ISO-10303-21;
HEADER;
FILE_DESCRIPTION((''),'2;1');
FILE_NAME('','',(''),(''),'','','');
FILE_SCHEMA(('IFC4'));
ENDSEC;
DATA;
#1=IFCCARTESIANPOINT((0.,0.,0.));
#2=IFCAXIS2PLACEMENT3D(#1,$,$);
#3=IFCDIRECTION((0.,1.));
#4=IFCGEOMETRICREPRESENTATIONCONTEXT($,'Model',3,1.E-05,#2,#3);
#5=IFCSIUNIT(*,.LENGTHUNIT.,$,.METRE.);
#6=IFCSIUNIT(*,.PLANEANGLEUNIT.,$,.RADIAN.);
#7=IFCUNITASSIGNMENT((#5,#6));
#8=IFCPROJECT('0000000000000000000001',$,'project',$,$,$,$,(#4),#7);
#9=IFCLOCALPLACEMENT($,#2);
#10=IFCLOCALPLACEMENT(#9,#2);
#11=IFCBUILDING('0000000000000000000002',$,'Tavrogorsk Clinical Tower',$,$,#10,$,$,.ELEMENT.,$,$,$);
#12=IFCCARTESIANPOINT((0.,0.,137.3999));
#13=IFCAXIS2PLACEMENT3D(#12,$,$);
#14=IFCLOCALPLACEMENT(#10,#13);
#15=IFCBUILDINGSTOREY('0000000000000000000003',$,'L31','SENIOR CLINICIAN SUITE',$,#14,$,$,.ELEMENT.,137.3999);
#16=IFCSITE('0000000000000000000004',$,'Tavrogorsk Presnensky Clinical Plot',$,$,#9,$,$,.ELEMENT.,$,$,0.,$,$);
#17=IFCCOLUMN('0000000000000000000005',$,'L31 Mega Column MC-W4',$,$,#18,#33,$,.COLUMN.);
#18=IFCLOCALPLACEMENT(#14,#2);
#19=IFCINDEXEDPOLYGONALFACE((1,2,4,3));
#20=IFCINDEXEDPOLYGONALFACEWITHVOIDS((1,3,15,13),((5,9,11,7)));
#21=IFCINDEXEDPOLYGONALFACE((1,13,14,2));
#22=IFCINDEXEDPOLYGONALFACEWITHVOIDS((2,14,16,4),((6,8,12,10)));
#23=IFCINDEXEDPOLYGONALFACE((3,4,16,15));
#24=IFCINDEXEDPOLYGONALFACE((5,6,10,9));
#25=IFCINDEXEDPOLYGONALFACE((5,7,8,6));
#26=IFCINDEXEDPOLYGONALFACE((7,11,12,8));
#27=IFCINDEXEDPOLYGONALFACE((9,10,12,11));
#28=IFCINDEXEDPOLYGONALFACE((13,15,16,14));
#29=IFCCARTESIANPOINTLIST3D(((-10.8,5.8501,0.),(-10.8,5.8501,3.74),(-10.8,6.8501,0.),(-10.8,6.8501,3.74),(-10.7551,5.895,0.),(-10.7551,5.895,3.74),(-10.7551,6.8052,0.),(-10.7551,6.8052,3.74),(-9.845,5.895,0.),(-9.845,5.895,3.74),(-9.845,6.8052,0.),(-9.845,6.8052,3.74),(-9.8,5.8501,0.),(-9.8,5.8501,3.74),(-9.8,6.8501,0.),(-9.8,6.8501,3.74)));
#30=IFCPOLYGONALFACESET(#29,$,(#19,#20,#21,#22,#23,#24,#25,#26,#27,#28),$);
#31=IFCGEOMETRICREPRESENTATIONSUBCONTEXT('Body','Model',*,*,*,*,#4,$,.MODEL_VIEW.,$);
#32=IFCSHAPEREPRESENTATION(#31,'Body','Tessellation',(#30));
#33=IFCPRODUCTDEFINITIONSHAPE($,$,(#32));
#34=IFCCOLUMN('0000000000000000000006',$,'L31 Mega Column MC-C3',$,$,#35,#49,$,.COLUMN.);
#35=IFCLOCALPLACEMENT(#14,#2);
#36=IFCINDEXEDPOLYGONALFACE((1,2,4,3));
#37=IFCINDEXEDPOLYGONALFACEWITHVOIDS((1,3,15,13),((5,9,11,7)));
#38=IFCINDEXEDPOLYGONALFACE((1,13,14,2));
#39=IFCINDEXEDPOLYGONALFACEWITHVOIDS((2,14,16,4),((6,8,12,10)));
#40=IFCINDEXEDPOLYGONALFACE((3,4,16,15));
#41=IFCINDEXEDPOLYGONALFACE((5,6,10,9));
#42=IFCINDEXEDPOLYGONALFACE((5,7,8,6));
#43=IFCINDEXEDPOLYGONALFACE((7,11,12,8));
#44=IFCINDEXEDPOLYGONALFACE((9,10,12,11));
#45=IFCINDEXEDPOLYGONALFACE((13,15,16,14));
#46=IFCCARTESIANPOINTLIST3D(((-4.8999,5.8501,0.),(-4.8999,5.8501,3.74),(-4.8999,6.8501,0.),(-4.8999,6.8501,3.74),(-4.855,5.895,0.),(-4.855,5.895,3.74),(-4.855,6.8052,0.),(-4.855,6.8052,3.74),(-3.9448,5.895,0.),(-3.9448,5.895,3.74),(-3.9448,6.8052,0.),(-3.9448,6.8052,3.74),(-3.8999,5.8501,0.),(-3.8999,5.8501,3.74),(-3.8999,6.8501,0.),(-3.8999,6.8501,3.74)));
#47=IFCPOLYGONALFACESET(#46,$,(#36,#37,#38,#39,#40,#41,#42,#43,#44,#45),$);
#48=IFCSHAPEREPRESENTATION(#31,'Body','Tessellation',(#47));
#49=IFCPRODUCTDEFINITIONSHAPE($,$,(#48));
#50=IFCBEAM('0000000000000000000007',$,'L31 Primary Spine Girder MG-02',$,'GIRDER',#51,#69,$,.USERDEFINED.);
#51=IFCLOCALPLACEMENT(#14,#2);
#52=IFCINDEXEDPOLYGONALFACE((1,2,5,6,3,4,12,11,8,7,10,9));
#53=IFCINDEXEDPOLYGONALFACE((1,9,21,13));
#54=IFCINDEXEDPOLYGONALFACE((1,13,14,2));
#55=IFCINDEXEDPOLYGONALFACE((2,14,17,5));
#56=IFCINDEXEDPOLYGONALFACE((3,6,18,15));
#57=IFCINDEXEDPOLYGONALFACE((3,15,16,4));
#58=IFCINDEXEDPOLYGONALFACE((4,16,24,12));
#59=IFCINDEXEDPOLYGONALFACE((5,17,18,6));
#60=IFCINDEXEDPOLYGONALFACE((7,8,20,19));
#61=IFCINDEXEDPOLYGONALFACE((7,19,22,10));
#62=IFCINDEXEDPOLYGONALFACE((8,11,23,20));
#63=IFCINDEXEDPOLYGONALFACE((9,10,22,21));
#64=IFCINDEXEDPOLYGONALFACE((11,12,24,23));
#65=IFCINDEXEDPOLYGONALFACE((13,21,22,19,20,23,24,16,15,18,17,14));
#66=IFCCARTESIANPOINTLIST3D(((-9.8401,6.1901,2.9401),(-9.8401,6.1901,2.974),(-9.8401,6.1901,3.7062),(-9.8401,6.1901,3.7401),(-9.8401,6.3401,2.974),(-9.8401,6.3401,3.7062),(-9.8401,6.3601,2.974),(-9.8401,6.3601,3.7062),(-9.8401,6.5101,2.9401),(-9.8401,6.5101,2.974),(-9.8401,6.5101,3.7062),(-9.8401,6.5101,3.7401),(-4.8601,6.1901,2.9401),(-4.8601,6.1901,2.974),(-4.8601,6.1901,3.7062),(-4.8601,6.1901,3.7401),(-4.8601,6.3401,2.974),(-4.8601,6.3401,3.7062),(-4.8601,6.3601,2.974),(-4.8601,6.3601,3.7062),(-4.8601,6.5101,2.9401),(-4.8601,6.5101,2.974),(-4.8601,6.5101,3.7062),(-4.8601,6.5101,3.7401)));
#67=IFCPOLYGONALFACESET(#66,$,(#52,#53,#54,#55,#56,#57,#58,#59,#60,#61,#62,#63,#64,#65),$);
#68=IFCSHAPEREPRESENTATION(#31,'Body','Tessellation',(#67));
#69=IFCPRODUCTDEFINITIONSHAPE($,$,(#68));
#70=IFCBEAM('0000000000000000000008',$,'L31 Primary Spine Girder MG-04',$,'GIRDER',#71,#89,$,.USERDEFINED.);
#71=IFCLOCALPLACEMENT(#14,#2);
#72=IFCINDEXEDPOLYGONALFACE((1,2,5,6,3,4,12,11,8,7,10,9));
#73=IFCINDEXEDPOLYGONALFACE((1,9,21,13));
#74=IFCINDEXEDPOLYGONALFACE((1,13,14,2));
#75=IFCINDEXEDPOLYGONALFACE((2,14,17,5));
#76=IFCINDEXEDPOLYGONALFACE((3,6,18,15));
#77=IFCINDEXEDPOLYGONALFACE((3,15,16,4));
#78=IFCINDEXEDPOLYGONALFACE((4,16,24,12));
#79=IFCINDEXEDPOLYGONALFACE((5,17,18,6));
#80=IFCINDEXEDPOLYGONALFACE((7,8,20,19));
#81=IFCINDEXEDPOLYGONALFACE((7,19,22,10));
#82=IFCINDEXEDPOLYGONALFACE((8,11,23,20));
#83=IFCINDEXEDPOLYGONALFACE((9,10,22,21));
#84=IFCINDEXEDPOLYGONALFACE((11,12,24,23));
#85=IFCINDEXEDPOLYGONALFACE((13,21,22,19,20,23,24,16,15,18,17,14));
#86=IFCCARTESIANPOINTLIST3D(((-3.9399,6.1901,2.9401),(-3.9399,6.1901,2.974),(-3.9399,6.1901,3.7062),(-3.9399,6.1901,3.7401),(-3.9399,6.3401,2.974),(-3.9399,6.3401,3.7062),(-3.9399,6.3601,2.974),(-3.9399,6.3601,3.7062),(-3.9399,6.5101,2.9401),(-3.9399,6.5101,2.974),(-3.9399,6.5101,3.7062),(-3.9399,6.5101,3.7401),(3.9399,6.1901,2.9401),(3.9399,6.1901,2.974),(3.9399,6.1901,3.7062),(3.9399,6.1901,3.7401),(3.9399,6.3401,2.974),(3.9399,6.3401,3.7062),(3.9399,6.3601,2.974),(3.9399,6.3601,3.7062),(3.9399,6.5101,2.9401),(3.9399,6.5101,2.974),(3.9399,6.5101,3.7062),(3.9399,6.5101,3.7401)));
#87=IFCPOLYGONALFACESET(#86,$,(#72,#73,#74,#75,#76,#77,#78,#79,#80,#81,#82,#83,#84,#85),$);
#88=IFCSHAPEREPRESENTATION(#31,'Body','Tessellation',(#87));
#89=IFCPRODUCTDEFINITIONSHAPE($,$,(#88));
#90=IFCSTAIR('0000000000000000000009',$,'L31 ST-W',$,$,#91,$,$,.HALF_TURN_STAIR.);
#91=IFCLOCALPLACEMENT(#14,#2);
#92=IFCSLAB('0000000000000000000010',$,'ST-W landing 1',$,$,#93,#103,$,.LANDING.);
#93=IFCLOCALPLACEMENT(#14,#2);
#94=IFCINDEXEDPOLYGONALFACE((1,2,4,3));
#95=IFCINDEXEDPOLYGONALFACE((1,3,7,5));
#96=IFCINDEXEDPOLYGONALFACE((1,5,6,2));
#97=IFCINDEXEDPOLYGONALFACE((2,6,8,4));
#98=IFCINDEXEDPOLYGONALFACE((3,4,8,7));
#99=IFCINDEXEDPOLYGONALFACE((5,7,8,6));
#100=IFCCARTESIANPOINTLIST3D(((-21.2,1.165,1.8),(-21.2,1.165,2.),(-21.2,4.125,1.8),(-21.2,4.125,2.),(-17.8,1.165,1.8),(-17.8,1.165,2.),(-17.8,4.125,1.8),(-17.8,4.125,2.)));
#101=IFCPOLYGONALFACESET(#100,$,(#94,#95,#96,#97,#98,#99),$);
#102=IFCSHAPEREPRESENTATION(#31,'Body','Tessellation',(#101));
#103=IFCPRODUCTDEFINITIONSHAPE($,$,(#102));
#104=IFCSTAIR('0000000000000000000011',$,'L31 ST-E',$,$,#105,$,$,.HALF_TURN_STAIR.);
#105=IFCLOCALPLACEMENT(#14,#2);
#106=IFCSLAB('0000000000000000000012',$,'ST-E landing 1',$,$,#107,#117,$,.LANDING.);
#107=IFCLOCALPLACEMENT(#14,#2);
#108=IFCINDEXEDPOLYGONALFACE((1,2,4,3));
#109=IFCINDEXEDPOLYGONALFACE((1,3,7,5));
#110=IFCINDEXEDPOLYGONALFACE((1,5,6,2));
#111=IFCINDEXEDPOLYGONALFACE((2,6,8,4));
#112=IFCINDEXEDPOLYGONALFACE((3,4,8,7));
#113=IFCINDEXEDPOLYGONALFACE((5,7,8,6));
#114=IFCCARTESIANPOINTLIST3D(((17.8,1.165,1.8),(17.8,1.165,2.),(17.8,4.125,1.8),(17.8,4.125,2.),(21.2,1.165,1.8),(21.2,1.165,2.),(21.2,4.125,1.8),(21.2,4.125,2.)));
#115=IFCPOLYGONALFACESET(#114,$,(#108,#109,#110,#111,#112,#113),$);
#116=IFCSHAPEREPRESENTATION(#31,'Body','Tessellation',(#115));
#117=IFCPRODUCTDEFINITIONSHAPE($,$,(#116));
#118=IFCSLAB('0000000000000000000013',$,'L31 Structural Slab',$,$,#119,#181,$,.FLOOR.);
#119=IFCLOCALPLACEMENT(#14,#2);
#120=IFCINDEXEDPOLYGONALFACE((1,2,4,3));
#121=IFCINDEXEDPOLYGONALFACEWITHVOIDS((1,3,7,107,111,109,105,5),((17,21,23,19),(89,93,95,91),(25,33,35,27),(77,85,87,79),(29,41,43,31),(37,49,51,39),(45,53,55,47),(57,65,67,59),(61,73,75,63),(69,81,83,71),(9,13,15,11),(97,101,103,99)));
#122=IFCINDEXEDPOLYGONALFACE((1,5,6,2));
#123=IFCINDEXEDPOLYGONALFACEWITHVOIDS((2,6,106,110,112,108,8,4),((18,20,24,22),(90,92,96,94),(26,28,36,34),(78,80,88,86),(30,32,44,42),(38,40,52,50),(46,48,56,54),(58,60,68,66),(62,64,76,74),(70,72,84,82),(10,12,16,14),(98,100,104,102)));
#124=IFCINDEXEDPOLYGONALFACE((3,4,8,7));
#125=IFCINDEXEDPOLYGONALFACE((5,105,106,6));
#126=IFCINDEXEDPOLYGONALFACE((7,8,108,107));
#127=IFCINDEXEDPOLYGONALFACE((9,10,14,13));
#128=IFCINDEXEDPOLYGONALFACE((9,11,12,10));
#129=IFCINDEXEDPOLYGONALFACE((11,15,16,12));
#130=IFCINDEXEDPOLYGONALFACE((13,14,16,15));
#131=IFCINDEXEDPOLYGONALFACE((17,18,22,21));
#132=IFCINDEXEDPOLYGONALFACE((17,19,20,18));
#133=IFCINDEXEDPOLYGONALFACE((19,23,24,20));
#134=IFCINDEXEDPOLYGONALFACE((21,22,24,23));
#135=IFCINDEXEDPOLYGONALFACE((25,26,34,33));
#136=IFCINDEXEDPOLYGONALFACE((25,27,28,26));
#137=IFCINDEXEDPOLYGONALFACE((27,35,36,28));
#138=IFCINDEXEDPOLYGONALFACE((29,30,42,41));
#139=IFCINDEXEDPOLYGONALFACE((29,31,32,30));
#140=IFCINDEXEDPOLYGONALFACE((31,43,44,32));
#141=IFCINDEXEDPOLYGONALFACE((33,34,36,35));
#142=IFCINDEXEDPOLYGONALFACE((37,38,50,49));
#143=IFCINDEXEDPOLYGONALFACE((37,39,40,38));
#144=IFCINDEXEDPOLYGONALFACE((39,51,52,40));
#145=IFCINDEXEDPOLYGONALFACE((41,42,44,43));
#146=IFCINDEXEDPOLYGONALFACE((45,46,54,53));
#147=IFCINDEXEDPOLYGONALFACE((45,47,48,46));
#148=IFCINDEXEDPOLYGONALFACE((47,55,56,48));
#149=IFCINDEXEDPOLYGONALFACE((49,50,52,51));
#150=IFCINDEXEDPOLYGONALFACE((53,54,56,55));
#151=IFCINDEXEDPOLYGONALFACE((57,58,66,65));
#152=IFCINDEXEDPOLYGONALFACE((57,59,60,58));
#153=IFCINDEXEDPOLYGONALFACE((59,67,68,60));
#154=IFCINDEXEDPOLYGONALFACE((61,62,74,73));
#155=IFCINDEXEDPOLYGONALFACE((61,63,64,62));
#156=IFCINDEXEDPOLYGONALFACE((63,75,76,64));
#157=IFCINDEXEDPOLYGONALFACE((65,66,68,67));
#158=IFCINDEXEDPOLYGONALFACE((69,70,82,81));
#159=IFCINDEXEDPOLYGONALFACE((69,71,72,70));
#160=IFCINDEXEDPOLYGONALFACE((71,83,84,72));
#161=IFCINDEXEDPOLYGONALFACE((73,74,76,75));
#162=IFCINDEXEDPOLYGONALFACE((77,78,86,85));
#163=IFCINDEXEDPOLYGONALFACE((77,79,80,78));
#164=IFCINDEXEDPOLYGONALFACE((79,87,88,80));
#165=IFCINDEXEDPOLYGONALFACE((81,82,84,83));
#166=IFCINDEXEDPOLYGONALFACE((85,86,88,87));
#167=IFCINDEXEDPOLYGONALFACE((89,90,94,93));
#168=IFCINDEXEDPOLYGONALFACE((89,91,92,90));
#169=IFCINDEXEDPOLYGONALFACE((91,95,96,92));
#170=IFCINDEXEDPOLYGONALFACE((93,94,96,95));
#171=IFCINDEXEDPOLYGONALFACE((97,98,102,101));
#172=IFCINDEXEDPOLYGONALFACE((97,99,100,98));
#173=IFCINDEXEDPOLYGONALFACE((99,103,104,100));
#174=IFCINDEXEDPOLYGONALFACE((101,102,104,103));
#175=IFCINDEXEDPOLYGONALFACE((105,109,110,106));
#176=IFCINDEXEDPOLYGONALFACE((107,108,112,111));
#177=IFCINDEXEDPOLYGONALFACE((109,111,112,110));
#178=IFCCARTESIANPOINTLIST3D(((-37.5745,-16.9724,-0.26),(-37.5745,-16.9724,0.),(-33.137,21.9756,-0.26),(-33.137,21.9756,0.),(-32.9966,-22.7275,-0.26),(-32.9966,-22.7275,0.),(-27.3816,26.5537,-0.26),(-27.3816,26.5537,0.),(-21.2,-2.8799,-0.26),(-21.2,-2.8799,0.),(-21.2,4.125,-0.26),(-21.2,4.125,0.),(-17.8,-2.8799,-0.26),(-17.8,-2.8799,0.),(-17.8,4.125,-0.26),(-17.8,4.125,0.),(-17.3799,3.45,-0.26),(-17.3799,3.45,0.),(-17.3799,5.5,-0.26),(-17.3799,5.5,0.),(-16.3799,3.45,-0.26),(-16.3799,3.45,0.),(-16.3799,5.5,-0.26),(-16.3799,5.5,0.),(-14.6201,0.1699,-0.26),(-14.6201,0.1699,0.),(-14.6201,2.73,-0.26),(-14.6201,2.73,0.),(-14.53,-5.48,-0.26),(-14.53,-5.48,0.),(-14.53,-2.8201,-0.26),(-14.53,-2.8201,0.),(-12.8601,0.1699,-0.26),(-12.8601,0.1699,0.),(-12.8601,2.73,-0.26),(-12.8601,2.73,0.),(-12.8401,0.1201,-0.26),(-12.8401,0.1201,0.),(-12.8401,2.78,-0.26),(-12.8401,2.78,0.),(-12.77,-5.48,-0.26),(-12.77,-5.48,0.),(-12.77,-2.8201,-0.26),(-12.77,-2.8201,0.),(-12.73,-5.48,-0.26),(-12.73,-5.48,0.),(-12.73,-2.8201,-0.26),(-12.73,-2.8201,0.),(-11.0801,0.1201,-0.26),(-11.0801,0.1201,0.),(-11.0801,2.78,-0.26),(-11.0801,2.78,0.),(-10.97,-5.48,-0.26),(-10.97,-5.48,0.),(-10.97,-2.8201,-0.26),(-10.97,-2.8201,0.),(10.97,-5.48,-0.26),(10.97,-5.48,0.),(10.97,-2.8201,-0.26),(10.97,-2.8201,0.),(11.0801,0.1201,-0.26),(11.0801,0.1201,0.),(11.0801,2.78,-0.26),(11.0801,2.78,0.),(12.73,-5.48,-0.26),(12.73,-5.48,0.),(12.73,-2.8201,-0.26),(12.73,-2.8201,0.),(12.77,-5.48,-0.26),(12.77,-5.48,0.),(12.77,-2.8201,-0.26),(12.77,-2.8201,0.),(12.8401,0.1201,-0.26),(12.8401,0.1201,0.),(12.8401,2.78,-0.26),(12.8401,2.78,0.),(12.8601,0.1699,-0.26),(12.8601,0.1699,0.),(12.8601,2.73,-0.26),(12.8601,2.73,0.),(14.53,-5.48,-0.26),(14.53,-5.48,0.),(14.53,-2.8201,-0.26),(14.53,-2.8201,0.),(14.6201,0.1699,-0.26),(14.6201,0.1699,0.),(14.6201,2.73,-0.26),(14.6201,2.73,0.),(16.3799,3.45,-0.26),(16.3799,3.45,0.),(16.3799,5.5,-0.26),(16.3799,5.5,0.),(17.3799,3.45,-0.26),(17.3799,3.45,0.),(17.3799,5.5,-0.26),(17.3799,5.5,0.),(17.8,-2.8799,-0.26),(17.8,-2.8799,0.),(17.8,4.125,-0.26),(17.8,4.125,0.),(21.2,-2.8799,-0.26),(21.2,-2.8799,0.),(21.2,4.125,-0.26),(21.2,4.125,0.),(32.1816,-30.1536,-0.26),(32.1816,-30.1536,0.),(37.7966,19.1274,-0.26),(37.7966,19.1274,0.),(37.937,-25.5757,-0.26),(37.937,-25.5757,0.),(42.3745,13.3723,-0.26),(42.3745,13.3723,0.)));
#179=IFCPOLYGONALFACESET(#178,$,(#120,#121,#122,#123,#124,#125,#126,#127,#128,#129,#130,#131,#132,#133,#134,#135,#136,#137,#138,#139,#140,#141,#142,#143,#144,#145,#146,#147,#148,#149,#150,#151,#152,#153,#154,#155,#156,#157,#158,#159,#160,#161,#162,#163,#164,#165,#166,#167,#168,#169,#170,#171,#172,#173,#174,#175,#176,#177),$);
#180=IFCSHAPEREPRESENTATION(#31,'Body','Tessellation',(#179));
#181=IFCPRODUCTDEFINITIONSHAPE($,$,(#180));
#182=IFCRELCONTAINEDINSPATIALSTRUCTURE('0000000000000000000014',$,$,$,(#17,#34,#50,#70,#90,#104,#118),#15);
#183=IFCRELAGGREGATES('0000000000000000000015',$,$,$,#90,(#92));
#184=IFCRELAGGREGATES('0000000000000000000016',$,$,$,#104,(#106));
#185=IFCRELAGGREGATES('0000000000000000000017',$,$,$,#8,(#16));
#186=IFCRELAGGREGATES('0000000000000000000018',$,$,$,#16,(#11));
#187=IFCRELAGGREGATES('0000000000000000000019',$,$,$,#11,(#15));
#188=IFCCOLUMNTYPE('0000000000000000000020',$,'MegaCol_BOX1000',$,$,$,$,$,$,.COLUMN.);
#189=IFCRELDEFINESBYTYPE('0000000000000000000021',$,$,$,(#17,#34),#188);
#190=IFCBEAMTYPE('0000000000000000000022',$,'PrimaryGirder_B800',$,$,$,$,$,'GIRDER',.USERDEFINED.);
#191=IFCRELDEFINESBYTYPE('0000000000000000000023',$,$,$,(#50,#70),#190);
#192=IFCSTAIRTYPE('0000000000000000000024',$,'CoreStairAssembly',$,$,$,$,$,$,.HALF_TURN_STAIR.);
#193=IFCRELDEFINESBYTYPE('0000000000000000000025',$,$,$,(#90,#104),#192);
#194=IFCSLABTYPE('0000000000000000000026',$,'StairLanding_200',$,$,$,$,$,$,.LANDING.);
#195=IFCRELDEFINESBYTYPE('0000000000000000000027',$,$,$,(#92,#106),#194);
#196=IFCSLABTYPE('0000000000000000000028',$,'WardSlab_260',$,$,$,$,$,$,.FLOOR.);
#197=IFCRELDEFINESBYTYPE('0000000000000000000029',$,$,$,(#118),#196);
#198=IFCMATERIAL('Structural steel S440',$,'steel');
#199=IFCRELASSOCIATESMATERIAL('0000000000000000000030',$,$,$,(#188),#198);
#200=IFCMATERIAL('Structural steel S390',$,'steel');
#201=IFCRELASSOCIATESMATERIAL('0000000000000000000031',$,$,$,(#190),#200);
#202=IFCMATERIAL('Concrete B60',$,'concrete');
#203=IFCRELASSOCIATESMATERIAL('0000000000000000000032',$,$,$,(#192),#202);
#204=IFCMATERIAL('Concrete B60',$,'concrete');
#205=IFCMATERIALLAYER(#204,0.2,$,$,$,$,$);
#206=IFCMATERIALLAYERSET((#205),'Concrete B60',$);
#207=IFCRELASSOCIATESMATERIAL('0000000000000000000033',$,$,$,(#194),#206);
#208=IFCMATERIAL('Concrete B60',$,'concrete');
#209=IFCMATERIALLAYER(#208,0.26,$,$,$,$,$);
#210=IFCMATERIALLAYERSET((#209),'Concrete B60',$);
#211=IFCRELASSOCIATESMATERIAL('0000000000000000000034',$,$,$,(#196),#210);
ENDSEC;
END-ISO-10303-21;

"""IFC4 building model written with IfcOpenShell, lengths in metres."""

from ifc_helpers import new_model, si_unit, direction, frame, origin, origin_2d, place, context, subcontext, project, spatial, polyline, hollow_rectangle, i_section, outline, extrude, material, layer, layer_set, material_profile, profile_set, type_object, element, aggregate, save


model = new_model("IFC4")

# Units and contexts
model_context = context("Model", 3, precision=1e-05, world=origin(), true_north=direction((0.0, 1.0)))
body_context = subcontext(model_context, "Body", "Model", "MODEL_VIEW")
ifc_project = project(units=[si_unit("LENGTHUNIT", "METRE"), si_unit("PLANEANGLEUNIT", "RADIAN")], contexts=[model_context])

# Site, building, storey
site_placement = place(None, origin())
site = spatial("IfcSite", under=ifc_project, at=site_placement, Name="Tavrogorsk Presnensky Clinical Plot", CompositionType="ELEMENT", RefElevation=0.0)
building_placement = place(site_placement, origin())
building = spatial("IfcBuilding", under=site, at=building_placement, Name="Tavrogorsk Clinical Tower", CompositionType="ELEMENT")
storey_placement = place(building_placement, frame((0.0, 0.0, 137.3999)))
storey = spatial("IfcBuildingStorey", under=building, at=storey_placement, Name="L31", Description="SENIOR CLINICIAN SUITE", CompositionType="ELEMENT", Elevation=137.3999)

# Columns
ifc_material_1 = material(Name="Structural steel S440", Category="steel")
ifc_material_profile_1 = material_profile(ifc_material_1, hollow_rectangle(XDim=1.0, YDim=1.0, WallThickness=0.0449, at=origin_2d()), Name="BOX-1000x1000x45")
ifc_profile_set_1 = profile_set([ifc_material_profile_1], Name="Structural steel S440")
column_type = type_object("IfcColumnType", Name="MegaCol_BOX1000", PredefinedType="COLUMN", material=ifc_profile_set_1)
for number, where, z_axis, x_axis, name in (
    (1, (-10.3, 6.3501, 0.0), (0.0, 0.0, 1.0), (1.0, 0.0, 0.0), "L31 Mega Column MC-W4"),
    (2, (-4.3999, 6.3501, 0.0), (0.0, 0.0, 1.0), (1.0, 0.0, 0.0), "L31 Mega Column MC-C3"),
):
    element("IfcColumn", number, at=place(storey_placement, frame(where, z_axis=z_axis, x_axis=x_axis)), inside=storey, type_object=column_type, Name=name, PredefinedType="COLUMN", context=body_context, shape_type="SweptSolid", body=[
        extrude(hollow_rectangle(XDim=1.0, YDim=1.0, WallThickness=0.0449, at=origin_2d()), origin(), (0.0, 0.0, 1.0), 3.74),
    ])

# Beams
ifc_material_2 = material(Name="Structural steel S390", Category="steel")
ifc_material_profile_2 = material_profile(ifc_material_2, i_section(OverallWidth=0.3201, OverallDepth=0.8, WebThickness=0.02, FlangeThickness=0.0339, at=origin_2d()), Name="B-800x320x20x34")
ifc_profile_set_2 = profile_set([ifc_material_profile_2], Name="Structural steel S390")
beam_type = type_object("IfcBeamType", Name="PrimaryGirder_B800", ElementType="GIRDER", PredefinedType="USERDEFINED", material=ifc_profile_set_2)
beam_1_placement = place(storey_placement, frame((-9.8401, 6.3501, 3.3401), z_axis=(1.0, 0.0, 0.0), x_axis=(0.0, 1.0, 0.0)))
element("IfcBeam", 3, at=beam_1_placement, inside=storey, type_object=beam_type, Name="L31 Primary Spine Girder MG-02", ObjectType="GIRDER", PredefinedType="USERDEFINED", context=body_context, shape_type="SweptSolid", body=[
    extrude(i_section(OverallWidth=0.3201, OverallDepth=0.8, WebThickness=0.02, FlangeThickness=0.0339, at=origin_2d()), origin(), (0.0, 0.0, 1.0), 4.98),
])
beam_2_placement = place(storey_placement, frame((-3.9399, 6.3501, 3.3401), z_axis=(1.0, 0.0, 0.0), x_axis=(0.0, 1.0, 0.0)))
element("IfcBeam", 4, at=beam_2_placement, inside=storey, type_object=beam_type, Name="L31 Primary Spine Girder MG-04", ObjectType="GIRDER", PredefinedType="USERDEFINED", context=body_context, shape_type="SweptSolid", body=[
    extrude(i_section(OverallWidth=0.3201, OverallDepth=0.8, WebThickness=0.02, FlangeThickness=0.0339, at=origin_2d()), origin(), (0.0, 0.0, 1.0), 7.8799),
])

# Stairs, slabs
ifc_material_3 = material(Name="Concrete B60", Category="concrete")
stair_type = type_object("IfcStairType", Name="CoreStairAssembly", PredefinedType="HALF_TURN_STAIR", material=ifc_material_3)
stair_1_placement = place(storey_placement, origin())
stair_1 = element("IfcStair", 5, at=stair_1_placement, inside=storey, type_object=stair_type, Name="L31 ST-W", PredefinedType="HALF_TURN_STAIR")
ifc_material_4 = material(Name="Concrete B60", Category="concrete")
ifc_layer_1 = layer(ifc_material_4, 0.2)
ifc_layer_set_1 = layer_set([ifc_layer_1], Name="Concrete B60")
slab_type_1 = type_object("IfcSlabType", Name="StairLanding_200", PredefinedType="LANDING", material=ifc_layer_set_1)
slab_1_placement = place(storey_placement, frame((0.0, 0.0, 1.8)))
slab_1 = element("IfcSlab", 6, at=slab_1_placement, type_object=slab_type_1, Name="ST-W landing 1", PredefinedType="LANDING", context=body_context, shape_type="SweptSolid", body=[
    extrude(outline(polyline([(-17.8, 1.165), (-17.8, 4.125), (-21.2, 4.125), (-21.2, 1.165), (-17.8, 1.165)])), origin(), (0.0, 0.0, 1.0), 0.2),
])
aggregate(stair_1, [slab_1])
stair_2_placement = place(storey_placement, origin())
stair_2 = element("IfcStair", 7, at=stair_2_placement, inside=storey, type_object=stair_type, Name="L31 ST-E", PredefinedType="HALF_TURN_STAIR")
slab_2_placement = place(storey_placement, frame((0.0, 0.0, 1.8)))
slab_2 = element("IfcSlab", 8, at=slab_2_placement, type_object=slab_type_1, Name="ST-E landing 1", PredefinedType="LANDING", context=body_context, shape_type="SweptSolid", body=[
    extrude(outline(polyline([(21.2, 1.165), (21.2, 4.125), (17.8, 4.125), (17.8, 1.165), (21.2, 1.165)])), origin(), (0.0, 0.0, 1.0), 0.2),
])
aggregate(stair_2, [slab_2])

# Slab
ifc_material_5 = material(Name="Concrete B60", Category="concrete")
ifc_layer_2 = layer(ifc_material_5, 0.26)
ifc_layer_set_2 = layer_set([ifc_layer_2], Name="Concrete B60")
slab_type_2 = type_object("IfcSlabType", Name="WardSlab_260", PredefinedType="FLOOR", material=ifc_layer_set_2)
slab_3_placement = place(storey_placement, frame((0.0, 0.0, -0.26)))
element("IfcSlab", 9, at=slab_3_placement, inside=storey, type_object=slab_type_2, Name="L31 Structural Slab", PredefinedType="FLOOR", context=body_context, shape_type="SweptSolid", body=[
    extrude(outline(polyline([(-32.9966, -22.7275), (32.1816, -30.1536), (37.937, -25.5757), (42.3745, 13.3723), (37.7966, 19.1274), (-27.3816, 26.5537), (-33.137, 21.9756), (-37.5745, -16.9724), (-32.9966, -22.7275)]), holes=[polyline([(-17.8, -2.8799), (-17.8, 4.125), (-21.2, 4.125), (-21.2, -2.8799), (-17.8, -2.8799)]), polyline([(21.2, -2.8799), (21.2, 4.125), (17.8, 4.125), (17.8, -2.8799), (21.2, -2.8799)]), polyline([(-14.6201, 0.1699), (-12.8601, 0.1699), (-12.8601, 2.73), (-14.6201, 2.73), (-14.6201, 0.1699)]), polyline([(-14.53, -5.48), (-12.77, -5.48), (-12.77, -2.8201), (-14.53, -2.8201), (-14.53, -5.48)]), polyline([(-12.73, -5.48), (-10.97, -5.48), (-10.97, -2.8201), (-12.73, -2.8201), (-12.73, -5.48)]), polyline([(-12.8401, 0.1201), (-11.0801, 0.1201), (-11.0801, 2.78), (-12.8401, 2.78), (-12.8401, 0.1201)]), polyline([(12.8601, 0.1699), (14.6201, 0.1699), (14.6201, 2.73), (12.8601, 2.73), (12.8601, 0.1699)]), polyline([(12.77, -5.48), (14.53, -5.48), (14.53, -2.8201), (12.77, -2.8201), (12.77, -5.48)]), polyline([(10.97, -5.48), (12.73, -5.48), (12.73, -2.8201), (10.97, -2.8201), (10.97, -5.48)]), polyline([(11.0801, 0.1201), (12.8401, 0.1201), (12.8401, 2.78), (11.0801, 2.78), (11.0801, 0.1201)]), polyline([(-17.3799, 3.45), (-16.3799, 3.45), (-16.3799, 5.5), (-17.3799, 5.5), (-17.3799, 3.45)]), polyline([(16.3799, 3.45), (17.3799, 3.45), (17.3799, 5.5), (16.3799, 5.5), (16.3799, 3.45)])]), origin(), (0.0, 0.0, 1.0), 0.26),
])

save(model, "model.ifc")
